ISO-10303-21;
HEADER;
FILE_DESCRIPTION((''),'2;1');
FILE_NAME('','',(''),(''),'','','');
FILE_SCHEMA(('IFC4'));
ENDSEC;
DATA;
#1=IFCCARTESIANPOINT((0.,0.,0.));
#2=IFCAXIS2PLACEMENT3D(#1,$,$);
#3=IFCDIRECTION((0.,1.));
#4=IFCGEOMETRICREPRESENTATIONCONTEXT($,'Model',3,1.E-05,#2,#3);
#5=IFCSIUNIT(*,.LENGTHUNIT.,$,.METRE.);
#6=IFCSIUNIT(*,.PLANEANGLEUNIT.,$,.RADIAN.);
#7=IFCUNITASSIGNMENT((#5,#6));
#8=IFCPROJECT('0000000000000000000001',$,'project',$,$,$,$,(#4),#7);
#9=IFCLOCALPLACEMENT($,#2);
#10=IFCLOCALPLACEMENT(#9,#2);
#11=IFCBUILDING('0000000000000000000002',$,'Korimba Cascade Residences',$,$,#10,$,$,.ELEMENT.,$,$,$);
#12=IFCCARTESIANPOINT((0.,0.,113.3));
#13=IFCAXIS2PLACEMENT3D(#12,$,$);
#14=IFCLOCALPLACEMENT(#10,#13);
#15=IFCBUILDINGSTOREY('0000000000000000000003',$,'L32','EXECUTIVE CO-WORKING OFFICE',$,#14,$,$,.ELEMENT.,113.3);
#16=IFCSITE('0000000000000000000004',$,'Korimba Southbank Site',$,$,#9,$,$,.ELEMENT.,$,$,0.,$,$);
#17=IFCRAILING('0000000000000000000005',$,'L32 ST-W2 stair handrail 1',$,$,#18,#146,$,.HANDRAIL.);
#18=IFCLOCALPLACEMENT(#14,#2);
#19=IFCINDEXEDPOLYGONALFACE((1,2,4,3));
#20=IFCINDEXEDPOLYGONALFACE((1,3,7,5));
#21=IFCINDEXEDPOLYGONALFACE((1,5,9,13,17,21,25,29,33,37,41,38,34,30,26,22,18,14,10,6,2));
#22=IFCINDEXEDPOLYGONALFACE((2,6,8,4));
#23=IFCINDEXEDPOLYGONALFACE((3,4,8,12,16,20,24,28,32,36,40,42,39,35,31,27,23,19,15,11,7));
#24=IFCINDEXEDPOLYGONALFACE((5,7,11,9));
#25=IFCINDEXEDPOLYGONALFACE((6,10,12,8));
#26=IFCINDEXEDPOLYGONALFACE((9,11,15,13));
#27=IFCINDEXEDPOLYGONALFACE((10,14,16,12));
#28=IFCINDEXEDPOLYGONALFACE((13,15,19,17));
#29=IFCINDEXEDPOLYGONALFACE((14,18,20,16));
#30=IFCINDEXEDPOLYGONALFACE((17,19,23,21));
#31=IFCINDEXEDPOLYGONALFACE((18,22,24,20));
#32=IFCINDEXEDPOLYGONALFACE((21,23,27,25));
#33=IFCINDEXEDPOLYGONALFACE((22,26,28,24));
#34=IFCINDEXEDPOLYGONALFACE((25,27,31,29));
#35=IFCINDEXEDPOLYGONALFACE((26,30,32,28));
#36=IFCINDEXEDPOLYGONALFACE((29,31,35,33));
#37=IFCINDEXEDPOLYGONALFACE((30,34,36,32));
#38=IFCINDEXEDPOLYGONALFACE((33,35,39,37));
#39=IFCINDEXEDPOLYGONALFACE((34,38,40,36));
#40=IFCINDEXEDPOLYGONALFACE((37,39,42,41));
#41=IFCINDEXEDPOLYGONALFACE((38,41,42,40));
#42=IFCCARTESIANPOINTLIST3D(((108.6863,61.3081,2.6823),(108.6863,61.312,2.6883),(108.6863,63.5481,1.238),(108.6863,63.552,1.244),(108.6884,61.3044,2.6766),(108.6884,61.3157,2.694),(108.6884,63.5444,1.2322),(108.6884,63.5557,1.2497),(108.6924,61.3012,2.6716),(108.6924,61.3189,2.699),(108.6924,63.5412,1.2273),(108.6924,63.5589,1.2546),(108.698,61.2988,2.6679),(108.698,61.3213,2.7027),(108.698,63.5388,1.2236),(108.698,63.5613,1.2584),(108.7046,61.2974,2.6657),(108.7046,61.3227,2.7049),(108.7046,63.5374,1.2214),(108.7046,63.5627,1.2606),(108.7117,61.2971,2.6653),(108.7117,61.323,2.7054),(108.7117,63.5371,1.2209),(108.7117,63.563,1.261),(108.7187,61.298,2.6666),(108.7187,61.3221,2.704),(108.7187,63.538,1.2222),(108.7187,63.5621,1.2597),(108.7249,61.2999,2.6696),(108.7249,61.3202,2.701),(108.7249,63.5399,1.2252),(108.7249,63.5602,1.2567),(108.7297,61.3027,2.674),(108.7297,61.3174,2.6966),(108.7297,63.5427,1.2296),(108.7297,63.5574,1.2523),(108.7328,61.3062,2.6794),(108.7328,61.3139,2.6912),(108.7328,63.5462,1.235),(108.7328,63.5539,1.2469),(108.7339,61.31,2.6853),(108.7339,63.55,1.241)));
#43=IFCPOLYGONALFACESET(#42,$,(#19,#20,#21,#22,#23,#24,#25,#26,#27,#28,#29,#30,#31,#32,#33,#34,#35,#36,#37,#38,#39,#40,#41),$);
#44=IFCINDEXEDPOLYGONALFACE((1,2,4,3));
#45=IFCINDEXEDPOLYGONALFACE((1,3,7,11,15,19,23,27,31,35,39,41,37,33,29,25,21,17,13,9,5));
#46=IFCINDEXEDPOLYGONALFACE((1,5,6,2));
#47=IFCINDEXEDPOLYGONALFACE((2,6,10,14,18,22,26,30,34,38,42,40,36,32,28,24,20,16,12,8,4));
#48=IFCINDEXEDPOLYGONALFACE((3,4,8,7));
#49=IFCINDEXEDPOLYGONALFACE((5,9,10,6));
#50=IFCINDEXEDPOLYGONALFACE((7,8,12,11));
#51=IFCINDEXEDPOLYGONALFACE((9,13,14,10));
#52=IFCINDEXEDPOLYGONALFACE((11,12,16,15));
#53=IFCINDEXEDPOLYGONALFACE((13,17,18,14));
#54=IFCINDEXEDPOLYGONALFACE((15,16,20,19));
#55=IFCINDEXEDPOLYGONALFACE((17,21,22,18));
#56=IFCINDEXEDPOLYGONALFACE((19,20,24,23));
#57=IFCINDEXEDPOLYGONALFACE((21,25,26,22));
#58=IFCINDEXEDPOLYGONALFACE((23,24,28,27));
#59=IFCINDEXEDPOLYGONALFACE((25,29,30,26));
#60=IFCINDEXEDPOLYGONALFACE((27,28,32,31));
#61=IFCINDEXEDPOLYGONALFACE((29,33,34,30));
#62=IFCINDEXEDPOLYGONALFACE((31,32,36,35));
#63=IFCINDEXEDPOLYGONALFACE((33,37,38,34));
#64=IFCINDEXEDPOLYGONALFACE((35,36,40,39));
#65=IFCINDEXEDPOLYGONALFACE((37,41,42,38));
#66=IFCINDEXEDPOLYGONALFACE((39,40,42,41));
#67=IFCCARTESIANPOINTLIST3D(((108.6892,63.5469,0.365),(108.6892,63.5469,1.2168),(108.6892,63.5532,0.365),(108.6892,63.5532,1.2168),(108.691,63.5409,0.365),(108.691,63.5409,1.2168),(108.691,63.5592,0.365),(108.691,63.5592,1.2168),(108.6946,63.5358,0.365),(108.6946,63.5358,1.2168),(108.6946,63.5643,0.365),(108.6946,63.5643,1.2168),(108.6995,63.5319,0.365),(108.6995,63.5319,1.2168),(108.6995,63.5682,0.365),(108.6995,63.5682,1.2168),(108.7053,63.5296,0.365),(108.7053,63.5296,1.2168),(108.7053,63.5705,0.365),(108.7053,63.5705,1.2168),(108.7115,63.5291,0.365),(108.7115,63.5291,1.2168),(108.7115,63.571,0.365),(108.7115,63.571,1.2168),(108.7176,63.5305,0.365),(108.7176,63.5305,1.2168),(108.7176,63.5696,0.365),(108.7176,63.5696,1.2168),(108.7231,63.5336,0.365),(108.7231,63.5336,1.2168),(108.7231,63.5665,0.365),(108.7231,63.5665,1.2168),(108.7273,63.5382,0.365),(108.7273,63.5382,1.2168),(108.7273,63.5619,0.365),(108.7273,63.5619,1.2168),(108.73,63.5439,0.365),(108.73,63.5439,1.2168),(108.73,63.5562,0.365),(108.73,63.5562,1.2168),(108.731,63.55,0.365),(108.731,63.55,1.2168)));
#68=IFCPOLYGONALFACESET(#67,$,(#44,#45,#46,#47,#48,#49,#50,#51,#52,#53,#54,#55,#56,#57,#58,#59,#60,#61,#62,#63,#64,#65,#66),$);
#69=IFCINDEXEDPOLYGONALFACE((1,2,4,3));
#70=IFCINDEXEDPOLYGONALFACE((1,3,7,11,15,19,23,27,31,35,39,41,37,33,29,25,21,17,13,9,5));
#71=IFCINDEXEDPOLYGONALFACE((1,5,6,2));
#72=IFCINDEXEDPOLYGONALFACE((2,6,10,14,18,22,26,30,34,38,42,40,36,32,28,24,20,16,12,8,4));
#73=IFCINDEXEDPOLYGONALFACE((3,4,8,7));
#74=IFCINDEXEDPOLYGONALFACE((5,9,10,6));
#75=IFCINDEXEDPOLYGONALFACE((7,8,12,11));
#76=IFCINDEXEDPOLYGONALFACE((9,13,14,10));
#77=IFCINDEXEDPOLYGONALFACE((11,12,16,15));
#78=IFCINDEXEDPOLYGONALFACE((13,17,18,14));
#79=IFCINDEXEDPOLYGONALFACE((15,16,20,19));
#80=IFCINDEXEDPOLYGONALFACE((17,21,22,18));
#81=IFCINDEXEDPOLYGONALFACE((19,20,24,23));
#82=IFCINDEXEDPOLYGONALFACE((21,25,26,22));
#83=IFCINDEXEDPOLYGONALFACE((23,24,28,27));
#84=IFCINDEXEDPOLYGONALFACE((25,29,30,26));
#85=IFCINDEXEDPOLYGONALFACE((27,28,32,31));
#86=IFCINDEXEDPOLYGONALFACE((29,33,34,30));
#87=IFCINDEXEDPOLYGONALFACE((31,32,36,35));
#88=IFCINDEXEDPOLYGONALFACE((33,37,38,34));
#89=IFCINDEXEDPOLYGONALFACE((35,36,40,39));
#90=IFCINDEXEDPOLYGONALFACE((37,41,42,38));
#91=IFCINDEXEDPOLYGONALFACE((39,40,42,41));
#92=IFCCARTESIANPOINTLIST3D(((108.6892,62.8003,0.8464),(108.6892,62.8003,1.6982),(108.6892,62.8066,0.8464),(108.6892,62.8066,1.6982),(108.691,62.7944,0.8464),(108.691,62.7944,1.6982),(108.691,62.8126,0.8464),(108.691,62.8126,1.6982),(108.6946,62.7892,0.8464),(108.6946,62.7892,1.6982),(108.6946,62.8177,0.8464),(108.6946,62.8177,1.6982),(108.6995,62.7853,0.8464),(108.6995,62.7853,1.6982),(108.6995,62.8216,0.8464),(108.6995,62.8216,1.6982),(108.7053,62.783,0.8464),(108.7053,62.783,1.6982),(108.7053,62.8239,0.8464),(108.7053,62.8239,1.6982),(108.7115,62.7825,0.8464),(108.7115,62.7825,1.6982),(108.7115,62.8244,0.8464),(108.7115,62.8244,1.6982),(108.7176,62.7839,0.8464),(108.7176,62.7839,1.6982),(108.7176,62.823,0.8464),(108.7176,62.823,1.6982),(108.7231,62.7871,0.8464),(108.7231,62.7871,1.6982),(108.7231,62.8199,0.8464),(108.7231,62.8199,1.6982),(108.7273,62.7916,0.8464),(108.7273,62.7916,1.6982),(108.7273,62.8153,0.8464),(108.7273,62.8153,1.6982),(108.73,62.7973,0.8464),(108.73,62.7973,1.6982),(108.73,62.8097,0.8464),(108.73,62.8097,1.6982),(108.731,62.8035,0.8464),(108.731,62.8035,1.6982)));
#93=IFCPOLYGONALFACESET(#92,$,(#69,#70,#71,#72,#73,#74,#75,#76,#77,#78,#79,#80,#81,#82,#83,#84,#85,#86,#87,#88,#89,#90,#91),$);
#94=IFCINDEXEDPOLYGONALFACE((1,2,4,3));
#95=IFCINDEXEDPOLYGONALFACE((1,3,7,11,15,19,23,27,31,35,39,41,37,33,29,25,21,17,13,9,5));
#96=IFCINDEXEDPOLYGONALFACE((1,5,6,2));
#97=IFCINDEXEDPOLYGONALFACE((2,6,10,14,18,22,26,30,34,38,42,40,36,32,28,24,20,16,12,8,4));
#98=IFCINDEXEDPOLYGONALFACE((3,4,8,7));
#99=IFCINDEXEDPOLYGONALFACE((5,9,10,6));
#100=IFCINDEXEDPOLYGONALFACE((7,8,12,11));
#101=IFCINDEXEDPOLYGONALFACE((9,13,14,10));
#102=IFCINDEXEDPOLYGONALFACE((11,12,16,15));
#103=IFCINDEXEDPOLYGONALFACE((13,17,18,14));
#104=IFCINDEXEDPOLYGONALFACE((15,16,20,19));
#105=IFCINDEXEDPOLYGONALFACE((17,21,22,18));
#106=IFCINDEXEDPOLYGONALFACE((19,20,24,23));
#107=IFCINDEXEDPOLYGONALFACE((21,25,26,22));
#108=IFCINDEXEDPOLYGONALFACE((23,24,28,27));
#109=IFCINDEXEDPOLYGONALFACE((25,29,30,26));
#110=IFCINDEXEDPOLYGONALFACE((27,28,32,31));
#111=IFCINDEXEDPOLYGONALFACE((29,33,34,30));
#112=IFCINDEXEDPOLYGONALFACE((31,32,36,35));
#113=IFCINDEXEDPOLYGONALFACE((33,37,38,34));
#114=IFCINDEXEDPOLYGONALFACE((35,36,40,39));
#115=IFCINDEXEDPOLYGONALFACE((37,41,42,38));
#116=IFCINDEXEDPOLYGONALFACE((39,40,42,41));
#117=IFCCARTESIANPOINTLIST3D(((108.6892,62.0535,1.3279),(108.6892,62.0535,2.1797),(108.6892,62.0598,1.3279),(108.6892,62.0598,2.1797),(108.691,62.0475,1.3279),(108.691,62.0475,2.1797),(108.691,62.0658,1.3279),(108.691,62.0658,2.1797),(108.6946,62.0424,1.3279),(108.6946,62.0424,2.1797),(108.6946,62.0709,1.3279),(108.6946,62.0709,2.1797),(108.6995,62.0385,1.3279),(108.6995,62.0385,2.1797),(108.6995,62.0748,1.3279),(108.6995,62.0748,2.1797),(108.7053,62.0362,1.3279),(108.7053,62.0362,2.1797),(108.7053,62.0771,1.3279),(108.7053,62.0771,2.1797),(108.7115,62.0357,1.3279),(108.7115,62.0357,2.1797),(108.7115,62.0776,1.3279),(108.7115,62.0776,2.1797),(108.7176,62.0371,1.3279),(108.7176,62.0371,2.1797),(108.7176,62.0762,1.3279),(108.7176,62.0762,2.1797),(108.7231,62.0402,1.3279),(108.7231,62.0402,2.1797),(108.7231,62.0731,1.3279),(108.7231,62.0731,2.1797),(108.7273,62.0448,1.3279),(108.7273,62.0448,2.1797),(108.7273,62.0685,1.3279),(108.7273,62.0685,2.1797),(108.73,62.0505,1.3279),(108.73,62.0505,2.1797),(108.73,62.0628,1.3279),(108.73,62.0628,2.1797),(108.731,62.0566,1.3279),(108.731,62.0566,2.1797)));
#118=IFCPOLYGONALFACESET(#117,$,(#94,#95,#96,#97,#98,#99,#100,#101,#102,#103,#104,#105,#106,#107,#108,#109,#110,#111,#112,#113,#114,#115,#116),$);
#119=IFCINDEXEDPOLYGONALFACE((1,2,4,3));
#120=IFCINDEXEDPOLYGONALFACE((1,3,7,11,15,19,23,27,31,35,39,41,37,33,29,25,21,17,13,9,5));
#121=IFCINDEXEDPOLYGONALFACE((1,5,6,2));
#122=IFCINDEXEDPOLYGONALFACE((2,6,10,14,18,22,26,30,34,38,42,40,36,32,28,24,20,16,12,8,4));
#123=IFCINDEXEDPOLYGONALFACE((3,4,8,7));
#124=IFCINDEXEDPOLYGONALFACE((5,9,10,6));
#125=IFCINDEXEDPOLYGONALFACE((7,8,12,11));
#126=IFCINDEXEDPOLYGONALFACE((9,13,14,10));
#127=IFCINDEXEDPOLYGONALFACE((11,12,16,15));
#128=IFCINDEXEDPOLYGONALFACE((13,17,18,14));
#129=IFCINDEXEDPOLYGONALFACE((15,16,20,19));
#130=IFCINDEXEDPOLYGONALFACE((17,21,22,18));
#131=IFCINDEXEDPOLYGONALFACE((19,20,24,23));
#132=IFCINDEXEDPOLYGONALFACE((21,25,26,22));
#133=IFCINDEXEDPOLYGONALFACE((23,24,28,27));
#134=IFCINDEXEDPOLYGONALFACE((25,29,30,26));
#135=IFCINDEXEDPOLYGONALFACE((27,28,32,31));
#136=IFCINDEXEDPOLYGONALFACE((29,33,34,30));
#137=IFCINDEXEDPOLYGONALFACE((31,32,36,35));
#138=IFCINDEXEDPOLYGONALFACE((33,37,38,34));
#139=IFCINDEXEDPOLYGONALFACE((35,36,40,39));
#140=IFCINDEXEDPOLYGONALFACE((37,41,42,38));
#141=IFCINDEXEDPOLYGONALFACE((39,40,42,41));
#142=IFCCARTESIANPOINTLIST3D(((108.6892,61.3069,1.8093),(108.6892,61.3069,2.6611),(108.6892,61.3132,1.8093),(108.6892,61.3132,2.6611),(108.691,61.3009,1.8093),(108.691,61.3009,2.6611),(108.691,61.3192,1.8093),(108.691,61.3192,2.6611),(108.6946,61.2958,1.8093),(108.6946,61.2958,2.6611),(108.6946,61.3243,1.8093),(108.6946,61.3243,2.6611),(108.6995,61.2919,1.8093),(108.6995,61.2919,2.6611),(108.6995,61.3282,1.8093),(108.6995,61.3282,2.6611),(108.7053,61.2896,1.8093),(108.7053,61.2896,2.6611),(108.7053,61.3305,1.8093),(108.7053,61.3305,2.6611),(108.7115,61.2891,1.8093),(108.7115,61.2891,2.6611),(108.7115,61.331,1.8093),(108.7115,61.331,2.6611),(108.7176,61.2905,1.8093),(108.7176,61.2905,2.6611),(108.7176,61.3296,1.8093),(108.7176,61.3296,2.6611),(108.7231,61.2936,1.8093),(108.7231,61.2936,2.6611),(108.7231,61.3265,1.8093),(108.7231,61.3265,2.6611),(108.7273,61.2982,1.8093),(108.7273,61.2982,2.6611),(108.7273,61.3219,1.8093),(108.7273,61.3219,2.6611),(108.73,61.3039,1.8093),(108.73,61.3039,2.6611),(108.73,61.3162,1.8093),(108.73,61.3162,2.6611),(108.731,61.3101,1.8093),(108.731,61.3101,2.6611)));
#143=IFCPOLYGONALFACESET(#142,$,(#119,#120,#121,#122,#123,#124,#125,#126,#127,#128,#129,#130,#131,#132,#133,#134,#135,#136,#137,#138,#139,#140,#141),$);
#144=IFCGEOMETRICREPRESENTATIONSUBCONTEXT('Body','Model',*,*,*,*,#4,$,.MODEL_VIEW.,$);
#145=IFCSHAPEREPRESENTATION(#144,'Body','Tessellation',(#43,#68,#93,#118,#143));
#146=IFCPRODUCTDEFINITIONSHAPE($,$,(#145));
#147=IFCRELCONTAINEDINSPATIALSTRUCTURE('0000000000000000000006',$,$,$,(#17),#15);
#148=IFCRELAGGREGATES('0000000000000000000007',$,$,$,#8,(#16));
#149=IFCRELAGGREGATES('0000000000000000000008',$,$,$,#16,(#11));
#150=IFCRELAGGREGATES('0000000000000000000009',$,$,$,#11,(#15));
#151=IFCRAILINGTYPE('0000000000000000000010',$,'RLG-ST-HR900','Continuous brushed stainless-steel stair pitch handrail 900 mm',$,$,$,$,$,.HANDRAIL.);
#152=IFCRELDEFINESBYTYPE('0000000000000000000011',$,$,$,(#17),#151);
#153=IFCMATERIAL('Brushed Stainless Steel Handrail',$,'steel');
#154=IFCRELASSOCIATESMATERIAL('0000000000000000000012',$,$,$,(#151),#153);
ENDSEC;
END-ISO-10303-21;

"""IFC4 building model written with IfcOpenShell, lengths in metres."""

from ifc_helpers import new_model, si_unit, direction, frame, origin, origin_2d, place, context, subcontext, project, spatial, circle, extrude, material, type_object, element, save


model = new_model("IFC4")

# Units and contexts
model_context = context("Model", 3, precision=1e-05, world=origin(), true_north=direction((0.0, 1.0)))
body_context = subcontext(model_context, "Body", "Model", "MODEL_VIEW")
ifc_project = project(units=[si_unit("LENGTHUNIT", "METRE"), si_unit("PLANEANGLEUNIT", "RADIAN")], contexts=[model_context])

# Site, building, storey
site_placement = place(None, origin())
site = spatial("IfcSite", under=ifc_project, at=site_placement, Name="Korimba Southbank Site", CompositionType="ELEMENT", RefElevation=0.0)
building_placement = place(site_placement, origin())
building = spatial("IfcBuilding", under=site, at=building_placement, Name="Korimba Cascade Residences", CompositionType="ELEMENT")
storey_placement = place(building_placement, frame((0.0, 0.0, 113.3)))
storey = spatial("IfcBuildingStorey", under=building, at=storey_placement, Name="L32", Description="EXECUTIVE CO-WORKING OFFICE", CompositionType="ELEMENT", Elevation=113.3)

# Railing
ifc_material_1 = material(Name="Brushed Stainless Steel Handrail", Category="steel")
railing_type_1 = type_object("IfcRailingType", Name="RLG-ST-HR900", Description="Continuous brushed stainless-steel stair pitch handrail 900 mm", PredefinedType="HANDRAIL", material=ifc_material_1)
railing_1_placement = place(storey_placement, frame((108.71, 63.55, 0.365)))
element("IfcRailing", 1, at=railing_1_placement, inside=storey, type_object=railing_type_1, Name="L32 ST-W2 stair handrail 1", PredefinedType="HANDRAIL", context=body_context, shape_type="SweptSolid", body=[
    extrude(circle(Radius=0.0239, at=origin_2d()), frame((0.0, 0.0, 0.876), z_axis=(0.0, -0.840437, 0.54191), x_axis=(1.0, 0.0, 0.0)), (0.0, 0.0, 1.0), 2.6653),
    extrude(circle(Radius=0.021, at=origin_2d()), origin(), (0.0, 0.0, 1.0), 0.8518),
    extrude(circle(Radius=0.021, at=origin_2d()), frame((0.0, -0.7466, 0.4814)), (0.0, 0.0, 1.0), 0.8518),
    extrude(circle(Radius=0.021, at=origin_2d()), frame((0.0, -1.4934, 0.9629)), (0.0, 0.0, 1.0), 0.8518),
    extrude(circle(Radius=0.021, at=origin_2d()), frame((0.0, -2.24, 1.4443)), (0.0, 0.0, 1.0), 0.8518),
])

save(model, "model.ifc")
